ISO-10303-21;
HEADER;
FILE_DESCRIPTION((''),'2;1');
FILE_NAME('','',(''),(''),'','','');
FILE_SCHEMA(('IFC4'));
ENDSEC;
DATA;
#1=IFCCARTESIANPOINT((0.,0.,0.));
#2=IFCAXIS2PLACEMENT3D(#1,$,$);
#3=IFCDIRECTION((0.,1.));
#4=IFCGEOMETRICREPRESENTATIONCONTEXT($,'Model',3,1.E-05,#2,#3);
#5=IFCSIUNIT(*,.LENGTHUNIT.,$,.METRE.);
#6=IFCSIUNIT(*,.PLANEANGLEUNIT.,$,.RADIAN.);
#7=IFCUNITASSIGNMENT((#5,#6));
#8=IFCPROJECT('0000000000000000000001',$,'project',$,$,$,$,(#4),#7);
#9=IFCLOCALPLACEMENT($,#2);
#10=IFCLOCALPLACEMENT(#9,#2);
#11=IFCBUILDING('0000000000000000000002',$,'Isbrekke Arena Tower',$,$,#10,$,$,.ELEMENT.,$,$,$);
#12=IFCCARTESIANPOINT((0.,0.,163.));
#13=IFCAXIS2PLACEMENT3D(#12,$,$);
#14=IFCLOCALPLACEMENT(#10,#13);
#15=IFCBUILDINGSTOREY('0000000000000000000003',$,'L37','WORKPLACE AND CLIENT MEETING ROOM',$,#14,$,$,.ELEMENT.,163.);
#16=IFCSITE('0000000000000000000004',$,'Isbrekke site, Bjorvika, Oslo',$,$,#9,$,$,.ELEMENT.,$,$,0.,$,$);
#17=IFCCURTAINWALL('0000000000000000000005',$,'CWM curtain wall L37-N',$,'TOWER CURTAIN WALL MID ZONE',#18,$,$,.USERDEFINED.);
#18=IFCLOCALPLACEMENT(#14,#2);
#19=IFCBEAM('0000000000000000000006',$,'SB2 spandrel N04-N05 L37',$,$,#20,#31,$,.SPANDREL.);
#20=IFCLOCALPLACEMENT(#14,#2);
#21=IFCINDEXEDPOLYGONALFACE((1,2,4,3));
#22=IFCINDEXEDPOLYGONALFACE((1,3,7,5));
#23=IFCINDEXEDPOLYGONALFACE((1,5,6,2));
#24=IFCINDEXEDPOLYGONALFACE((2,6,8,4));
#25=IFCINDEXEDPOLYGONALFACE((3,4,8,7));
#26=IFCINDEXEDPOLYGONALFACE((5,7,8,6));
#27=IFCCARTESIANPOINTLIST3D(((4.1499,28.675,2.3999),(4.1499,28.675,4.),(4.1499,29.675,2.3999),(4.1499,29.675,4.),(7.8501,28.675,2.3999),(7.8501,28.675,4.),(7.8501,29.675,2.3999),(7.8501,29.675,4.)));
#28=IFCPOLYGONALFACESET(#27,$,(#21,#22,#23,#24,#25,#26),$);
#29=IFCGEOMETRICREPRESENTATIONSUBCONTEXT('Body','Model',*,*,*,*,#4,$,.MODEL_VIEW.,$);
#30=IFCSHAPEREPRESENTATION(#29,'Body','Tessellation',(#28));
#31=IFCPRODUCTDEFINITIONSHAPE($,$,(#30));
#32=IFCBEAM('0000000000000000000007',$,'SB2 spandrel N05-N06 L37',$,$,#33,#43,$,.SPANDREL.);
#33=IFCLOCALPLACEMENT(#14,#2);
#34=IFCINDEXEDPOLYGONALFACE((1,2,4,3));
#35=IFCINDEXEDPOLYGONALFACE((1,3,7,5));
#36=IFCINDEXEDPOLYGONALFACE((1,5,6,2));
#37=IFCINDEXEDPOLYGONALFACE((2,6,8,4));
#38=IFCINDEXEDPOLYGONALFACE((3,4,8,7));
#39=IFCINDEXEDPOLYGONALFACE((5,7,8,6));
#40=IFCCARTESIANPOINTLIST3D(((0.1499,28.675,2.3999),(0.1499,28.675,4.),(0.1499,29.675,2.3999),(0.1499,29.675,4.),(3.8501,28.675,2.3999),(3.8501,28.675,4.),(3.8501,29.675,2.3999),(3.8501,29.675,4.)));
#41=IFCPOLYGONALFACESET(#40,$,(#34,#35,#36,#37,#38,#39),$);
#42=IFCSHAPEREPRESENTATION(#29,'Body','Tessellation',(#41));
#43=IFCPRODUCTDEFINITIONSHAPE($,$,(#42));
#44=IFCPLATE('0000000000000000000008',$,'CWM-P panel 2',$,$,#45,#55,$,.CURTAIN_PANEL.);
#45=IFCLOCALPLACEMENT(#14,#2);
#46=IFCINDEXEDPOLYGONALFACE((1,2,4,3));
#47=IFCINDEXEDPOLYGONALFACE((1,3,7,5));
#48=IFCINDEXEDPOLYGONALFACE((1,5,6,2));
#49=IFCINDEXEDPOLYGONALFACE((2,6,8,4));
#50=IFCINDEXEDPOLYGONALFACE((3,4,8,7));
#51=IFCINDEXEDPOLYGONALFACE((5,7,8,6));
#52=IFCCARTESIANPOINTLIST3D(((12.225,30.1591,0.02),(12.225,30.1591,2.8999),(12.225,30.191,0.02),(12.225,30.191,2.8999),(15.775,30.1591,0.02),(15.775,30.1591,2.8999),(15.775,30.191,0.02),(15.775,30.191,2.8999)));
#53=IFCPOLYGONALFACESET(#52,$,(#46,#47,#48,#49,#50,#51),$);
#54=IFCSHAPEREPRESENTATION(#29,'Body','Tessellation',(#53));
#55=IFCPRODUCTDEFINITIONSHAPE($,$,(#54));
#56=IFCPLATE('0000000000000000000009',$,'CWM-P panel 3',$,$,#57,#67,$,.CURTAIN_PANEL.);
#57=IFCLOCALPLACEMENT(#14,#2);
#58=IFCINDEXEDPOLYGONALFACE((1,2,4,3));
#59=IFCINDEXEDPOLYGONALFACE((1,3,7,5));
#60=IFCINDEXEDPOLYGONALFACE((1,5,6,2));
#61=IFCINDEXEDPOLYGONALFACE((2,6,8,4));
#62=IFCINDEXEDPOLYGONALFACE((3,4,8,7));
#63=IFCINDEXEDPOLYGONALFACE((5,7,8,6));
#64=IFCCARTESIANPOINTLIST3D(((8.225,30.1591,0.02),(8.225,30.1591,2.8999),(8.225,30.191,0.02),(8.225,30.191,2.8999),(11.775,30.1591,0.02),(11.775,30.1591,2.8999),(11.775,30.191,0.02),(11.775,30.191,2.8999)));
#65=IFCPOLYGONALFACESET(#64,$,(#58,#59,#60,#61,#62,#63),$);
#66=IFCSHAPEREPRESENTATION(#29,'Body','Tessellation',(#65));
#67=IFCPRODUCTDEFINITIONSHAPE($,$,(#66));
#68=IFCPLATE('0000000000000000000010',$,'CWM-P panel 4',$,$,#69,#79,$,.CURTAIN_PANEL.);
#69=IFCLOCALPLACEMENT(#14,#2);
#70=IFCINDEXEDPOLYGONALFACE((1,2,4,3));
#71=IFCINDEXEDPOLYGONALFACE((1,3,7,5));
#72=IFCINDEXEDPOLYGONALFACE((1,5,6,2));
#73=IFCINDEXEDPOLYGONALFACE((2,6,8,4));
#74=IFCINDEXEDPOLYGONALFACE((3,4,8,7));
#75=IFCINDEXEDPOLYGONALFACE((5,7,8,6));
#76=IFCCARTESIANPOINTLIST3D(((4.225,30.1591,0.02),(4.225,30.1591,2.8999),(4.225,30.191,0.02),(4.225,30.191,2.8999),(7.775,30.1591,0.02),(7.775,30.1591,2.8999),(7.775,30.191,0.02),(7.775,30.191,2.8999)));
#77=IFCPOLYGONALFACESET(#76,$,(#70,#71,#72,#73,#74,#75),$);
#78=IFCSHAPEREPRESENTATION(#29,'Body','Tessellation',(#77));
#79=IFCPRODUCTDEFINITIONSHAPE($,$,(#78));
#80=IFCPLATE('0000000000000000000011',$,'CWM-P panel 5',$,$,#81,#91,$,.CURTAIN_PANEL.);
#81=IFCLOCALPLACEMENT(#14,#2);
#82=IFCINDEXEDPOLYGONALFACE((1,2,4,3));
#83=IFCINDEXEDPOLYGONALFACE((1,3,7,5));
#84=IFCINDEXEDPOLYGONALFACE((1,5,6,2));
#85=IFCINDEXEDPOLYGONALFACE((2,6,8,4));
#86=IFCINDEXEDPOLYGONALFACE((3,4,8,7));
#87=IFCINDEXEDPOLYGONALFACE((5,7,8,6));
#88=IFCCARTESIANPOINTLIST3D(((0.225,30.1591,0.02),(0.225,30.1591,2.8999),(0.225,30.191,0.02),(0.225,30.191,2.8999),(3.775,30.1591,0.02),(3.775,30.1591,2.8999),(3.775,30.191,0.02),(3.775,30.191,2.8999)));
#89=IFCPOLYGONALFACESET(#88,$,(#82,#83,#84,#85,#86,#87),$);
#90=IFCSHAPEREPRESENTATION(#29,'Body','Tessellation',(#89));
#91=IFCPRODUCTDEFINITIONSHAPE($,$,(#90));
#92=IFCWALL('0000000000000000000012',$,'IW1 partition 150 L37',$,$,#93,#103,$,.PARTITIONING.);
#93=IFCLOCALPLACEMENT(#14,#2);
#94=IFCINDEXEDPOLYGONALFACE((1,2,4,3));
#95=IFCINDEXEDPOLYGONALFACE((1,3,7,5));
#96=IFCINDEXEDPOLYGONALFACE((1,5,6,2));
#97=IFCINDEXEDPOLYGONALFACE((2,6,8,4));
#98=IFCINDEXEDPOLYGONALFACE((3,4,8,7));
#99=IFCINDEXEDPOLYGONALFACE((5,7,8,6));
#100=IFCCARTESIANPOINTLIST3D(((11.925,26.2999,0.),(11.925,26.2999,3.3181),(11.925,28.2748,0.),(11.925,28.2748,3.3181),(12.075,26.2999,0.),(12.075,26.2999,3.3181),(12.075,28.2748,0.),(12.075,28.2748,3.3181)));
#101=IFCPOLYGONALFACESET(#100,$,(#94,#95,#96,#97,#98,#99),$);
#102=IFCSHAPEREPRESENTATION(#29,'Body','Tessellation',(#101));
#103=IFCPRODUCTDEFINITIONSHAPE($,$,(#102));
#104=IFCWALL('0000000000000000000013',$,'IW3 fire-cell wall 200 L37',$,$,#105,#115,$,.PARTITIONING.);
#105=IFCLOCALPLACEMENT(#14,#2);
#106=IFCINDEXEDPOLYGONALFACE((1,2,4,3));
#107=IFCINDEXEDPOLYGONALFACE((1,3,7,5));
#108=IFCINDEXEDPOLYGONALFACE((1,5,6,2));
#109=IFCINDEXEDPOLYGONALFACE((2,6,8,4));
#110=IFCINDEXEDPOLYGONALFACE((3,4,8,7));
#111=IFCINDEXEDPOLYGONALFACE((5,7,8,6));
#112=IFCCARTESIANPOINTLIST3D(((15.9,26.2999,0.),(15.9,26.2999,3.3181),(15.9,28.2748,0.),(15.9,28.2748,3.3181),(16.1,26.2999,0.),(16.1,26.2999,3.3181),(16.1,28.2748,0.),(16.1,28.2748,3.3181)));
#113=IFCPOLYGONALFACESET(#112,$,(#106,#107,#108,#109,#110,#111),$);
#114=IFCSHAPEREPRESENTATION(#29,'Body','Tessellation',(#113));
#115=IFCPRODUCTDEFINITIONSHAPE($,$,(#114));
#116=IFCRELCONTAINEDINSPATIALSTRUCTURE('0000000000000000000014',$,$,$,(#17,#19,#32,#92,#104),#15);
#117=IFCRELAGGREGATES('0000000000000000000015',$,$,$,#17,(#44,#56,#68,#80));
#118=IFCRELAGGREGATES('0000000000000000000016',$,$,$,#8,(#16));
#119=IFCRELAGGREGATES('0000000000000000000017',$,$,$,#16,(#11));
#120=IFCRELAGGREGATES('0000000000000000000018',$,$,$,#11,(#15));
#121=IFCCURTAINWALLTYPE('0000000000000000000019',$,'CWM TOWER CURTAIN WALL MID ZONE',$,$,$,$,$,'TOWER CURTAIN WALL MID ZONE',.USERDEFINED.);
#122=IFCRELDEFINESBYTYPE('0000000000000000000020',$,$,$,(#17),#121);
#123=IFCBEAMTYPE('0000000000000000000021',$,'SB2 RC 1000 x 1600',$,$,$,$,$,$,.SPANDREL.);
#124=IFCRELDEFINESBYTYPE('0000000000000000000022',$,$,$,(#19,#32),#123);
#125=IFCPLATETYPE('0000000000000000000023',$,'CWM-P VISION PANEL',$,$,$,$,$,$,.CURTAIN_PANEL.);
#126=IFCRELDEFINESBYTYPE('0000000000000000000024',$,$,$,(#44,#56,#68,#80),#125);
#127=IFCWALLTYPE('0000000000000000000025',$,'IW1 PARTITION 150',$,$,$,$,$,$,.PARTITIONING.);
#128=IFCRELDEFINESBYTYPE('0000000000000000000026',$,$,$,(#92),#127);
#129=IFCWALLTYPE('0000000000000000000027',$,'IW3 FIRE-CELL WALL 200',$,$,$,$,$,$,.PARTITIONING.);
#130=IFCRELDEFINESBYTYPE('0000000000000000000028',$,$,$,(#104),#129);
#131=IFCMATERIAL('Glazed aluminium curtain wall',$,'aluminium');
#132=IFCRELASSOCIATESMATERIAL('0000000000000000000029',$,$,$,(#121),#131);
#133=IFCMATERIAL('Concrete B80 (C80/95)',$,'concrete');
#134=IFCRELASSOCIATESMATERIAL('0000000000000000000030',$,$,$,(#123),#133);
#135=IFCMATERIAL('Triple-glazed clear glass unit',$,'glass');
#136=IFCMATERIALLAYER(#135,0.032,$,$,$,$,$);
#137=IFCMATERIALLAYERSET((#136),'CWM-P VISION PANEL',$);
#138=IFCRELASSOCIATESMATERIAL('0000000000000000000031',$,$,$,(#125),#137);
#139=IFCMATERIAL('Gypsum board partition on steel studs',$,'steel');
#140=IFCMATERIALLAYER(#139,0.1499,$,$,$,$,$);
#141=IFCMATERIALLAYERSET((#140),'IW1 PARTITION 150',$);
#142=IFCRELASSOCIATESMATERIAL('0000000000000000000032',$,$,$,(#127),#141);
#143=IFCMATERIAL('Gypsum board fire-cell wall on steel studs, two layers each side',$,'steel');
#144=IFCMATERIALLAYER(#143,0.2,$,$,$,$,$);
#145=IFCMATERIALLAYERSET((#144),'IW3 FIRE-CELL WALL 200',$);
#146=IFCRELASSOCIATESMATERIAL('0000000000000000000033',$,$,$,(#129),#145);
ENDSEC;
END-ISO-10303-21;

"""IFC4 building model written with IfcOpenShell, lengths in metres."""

from ifc_helpers import new_model, si_unit, direction, frame, frame_2d, origin, origin_2d, place, context, subcontext, project, spatial, rectangle, extrude, material, layer, layer_set, material_profile, profile_set, type_object, element, aggregate, save


model = new_model("IFC4")

# Units and contexts
model_context = context("Model", 3, precision=1e-05, world=origin(), true_north=direction((0.0, 1.0)))
body_context = subcontext(model_context, "Body", "Model", "MODEL_VIEW")
ifc_project = project(units=[si_unit("LENGTHUNIT", "METRE"), si_unit("PLANEANGLEUNIT", "RADIAN")], contexts=[model_context])

# Site, building, storey
site_placement = place(None, origin())
site = spatial("IfcSite", under=ifc_project, at=site_placement, Name="Isbrekke site, Bjorvika, Oslo", CompositionType="ELEMENT", RefElevation=0.0)
building_placement = place(site_placement, origin())
building = spatial("IfcBuilding", under=site, at=building_placement, Name="Isbrekke Arena Tower", CompositionType="ELEMENT")
storey_placement = place(building_placement, frame((0.0, 0.0, 163.0)))
storey = spatial("IfcBuildingStorey", under=building, at=storey_placement, Name="L37", Description="WORKPLACE AND CLIENT MEETING ROOM", CompositionType="ELEMENT", Elevation=163.0)

# Curtain wall
ifc_material_1 = material(Name="Glazed aluminium curtain wall", Category="aluminium")
curtain_wall_type = type_object("IfcCurtainWallType", Name="CWM TOWER CURTAIN WALL MID ZONE", ElementType="TOWER CURTAIN WALL MID ZONE", PredefinedType="USERDEFINED", material=ifc_material_1)
curtain_wall_placement = place(storey_placement, origin())
curtain_wall = element("IfcCurtainWall", 1, at=curtain_wall_placement, inside=storey, type_object=curtain_wall_type, Name="CWM curtain wall L37-N", ObjectType="TOWER CURTAIN WALL MID ZONE", PredefinedType="USERDEFINED")

# Beams
ifc_material_2 = material(Name="Concrete B80 (C80/95)", Category="concrete")
ifc_material_profile_1 = material_profile(ifc_material_2, rectangle(XDim=1.0, YDim=1.6001, at=origin_2d()), Name="RC 1000x1600")
ifc_profile_set_1 = profile_set([ifc_material_profile_1], Name="Concrete B80 (C80/95)")
beam_type_1 = type_object("IfcBeamType", Name="SB2 RC 1000 x 1600", PredefinedType="SPANDREL", material=ifc_profile_set_1)
for number, where, z_axis, x_axis, name in (
    (2, (7.8501, 29.175, 3.2), (-1.0, 0.0, 0.0), (0.0, -1.0, 0.0), "SB2 spandrel N04-N05 L37"),
    (3, (3.8501, 29.175, 3.2), (-1.0, 0.0, 0.0), (0.0, -1.0, 0.0), "SB2 spandrel N05-N06 L37"),
):
    element("IfcBeam", number, at=place(storey_placement, frame(where, z_axis=z_axis, x_axis=x_axis)), inside=storey, type_object=beam_type_1, Name=name, PredefinedType="SPANDREL", context=body_context, shape_type="SweptSolid", body=[
        extrude(rectangle(XDim=1.0, YDim=1.6001, at=origin_2d()), origin(), (0.0, 0.0, 1.0), 3.7002),
    ])

# Plates
ifc_material_3 = material(Name="Triple-glazed clear glass unit", Category="glass")
ifc_layer_1 = layer(ifc_material_3, 0.032)
ifc_layer_set_1 = layer_set([ifc_layer_1], Name="CWM-P VISION PANEL")
plate_type = type_object("IfcPlateType", Name="CWM-P VISION PANEL", PredefinedType="CURTAIN_PANEL", material=ifc_layer_set_1)
plate_1_placement = place(storey_placement, frame((14.0, 30.175, 0.02), z_axis=(0.0, 0.0, 1.0), x_axis=(-1.0, 0.0, 0.0)))
plate_1 = element("IfcPlate", 4, at=plate_1_placement, type_object=plate_type, Name="CWM-P panel 2", PredefinedType="CURTAIN_PANEL", context=body_context, shape_type="SweptSolid", body=[
    extrude(rectangle(XDim=3.55, YDim=0.032, at=origin_2d()), origin(), (0.0, 0.0, 1.0), 2.8799),
])
plate_2_placement = place(storey_placement, frame((10.0, 30.175, 0.02), z_axis=(0.0, 0.0, 1.0), x_axis=(-1.0, 0.0, 0.0)))
plate_2 = element("IfcPlate", 5, at=plate_2_placement, type_object=plate_type, Name="CWM-P panel 3", PredefinedType="CURTAIN_PANEL", context=body_context, shape_type="SweptSolid", body=[
    extrude(rectangle(XDim=3.55, YDim=0.032, at=origin_2d()), origin(), (0.0, 0.0, 1.0), 2.8799),
])
plate_3_placement = place(storey_placement, frame((6.0, 30.175, 0.02), z_axis=(0.0, 0.0, 1.0), x_axis=(-1.0, 0.0, 0.0)))
plate_3 = element("IfcPlate", 6, at=plate_3_placement, type_object=plate_type, Name="CWM-P panel 4", PredefinedType="CURTAIN_PANEL", context=body_context, shape_type="SweptSolid", body=[
    extrude(rectangle(XDim=3.55, YDim=0.032, at=origin_2d()), origin(), (0.0, 0.0, 1.0), 2.8799),
])
plate_4_placement = place(storey_placement, frame((2.0, 30.175, 0.02), z_axis=(0.0, 0.0, 1.0), x_axis=(-1.0, 0.0, 0.0)))
plate_4 = element("IfcPlate", 7, at=plate_4_placement, type_object=plate_type, Name="CWM-P panel 5", PredefinedType="CURTAIN_PANEL", context=body_context, shape_type="SweptSolid", body=[
    extrude(rectangle(XDim=3.55, YDim=0.032, at=origin_2d()), origin(), (0.0, 0.0, 1.0), 2.8799),
])
aggregate(curtain_wall, [plate_1, plate_2, plate_3, plate_4])

# Walls
ifc_material_4 = material(Name="Gypsum board partition on steel studs", Category="steel")
ifc_layer_2 = layer(ifc_material_4, 0.1499)
ifc_layer_set_2 = layer_set([ifc_layer_2], Name="IW1 PARTITION 150")
wall_type_1 = type_object("IfcWallType", Name="IW1 PARTITION 150", PredefinedType="PARTITIONING", material=ifc_layer_set_2)
wall_1_placement = place(storey_placement, frame((12.0, 26.3, 0.0), z_axis=(0.0, 0.0, 1.0), x_axis=(0.0, 1.0, 0.0)))
element("IfcWall", 8, at=wall_1_placement, inside=storey, type_object=wall_type_1, Name="IW1 partition 150 L37", PredefinedType="PARTITIONING", context=body_context, shape_type="SweptSolid", body=[
    extrude(rectangle(XDim=1.9749, YDim=0.1499, at=frame_2d((0.9873, 0.0))), origin(), (0.0, 0.0, 1.0), 3.3181),
])
ifc_material_5 = material(Name="Gypsum board fire-cell wall on steel studs, two layers each side", Category="steel")
ifc_layer_3 = layer(ifc_material_5, 0.2)
ifc_layer_set_3 = layer_set([ifc_layer_3], Name="IW3 FIRE-CELL WALL 200")
wall_type_2 = type_object("IfcWallType", Name="IW3 FIRE-CELL WALL 200", PredefinedType="PARTITIONING", material=ifc_layer_set_3)
wall_2_placement = place(storey_placement, frame((16.0, 26.3, 0.0), z_axis=(0.0, 0.0, 1.0), x_axis=(0.0, 1.0, 0.0)))
element("IfcWall", 9, at=wall_2_placement, inside=storey, type_object=wall_type_2, Name="IW3 fire-cell wall 200 L37", PredefinedType="PARTITIONING", context=body_context, shape_type="SweptSolid", body=[
    extrude(rectangle(XDim=1.9749, YDim=0.2, at=frame_2d((0.9873, 0.0))), origin(), (0.0, 0.0, 1.0), 3.3181),
])

save(model, "model.ifc")
